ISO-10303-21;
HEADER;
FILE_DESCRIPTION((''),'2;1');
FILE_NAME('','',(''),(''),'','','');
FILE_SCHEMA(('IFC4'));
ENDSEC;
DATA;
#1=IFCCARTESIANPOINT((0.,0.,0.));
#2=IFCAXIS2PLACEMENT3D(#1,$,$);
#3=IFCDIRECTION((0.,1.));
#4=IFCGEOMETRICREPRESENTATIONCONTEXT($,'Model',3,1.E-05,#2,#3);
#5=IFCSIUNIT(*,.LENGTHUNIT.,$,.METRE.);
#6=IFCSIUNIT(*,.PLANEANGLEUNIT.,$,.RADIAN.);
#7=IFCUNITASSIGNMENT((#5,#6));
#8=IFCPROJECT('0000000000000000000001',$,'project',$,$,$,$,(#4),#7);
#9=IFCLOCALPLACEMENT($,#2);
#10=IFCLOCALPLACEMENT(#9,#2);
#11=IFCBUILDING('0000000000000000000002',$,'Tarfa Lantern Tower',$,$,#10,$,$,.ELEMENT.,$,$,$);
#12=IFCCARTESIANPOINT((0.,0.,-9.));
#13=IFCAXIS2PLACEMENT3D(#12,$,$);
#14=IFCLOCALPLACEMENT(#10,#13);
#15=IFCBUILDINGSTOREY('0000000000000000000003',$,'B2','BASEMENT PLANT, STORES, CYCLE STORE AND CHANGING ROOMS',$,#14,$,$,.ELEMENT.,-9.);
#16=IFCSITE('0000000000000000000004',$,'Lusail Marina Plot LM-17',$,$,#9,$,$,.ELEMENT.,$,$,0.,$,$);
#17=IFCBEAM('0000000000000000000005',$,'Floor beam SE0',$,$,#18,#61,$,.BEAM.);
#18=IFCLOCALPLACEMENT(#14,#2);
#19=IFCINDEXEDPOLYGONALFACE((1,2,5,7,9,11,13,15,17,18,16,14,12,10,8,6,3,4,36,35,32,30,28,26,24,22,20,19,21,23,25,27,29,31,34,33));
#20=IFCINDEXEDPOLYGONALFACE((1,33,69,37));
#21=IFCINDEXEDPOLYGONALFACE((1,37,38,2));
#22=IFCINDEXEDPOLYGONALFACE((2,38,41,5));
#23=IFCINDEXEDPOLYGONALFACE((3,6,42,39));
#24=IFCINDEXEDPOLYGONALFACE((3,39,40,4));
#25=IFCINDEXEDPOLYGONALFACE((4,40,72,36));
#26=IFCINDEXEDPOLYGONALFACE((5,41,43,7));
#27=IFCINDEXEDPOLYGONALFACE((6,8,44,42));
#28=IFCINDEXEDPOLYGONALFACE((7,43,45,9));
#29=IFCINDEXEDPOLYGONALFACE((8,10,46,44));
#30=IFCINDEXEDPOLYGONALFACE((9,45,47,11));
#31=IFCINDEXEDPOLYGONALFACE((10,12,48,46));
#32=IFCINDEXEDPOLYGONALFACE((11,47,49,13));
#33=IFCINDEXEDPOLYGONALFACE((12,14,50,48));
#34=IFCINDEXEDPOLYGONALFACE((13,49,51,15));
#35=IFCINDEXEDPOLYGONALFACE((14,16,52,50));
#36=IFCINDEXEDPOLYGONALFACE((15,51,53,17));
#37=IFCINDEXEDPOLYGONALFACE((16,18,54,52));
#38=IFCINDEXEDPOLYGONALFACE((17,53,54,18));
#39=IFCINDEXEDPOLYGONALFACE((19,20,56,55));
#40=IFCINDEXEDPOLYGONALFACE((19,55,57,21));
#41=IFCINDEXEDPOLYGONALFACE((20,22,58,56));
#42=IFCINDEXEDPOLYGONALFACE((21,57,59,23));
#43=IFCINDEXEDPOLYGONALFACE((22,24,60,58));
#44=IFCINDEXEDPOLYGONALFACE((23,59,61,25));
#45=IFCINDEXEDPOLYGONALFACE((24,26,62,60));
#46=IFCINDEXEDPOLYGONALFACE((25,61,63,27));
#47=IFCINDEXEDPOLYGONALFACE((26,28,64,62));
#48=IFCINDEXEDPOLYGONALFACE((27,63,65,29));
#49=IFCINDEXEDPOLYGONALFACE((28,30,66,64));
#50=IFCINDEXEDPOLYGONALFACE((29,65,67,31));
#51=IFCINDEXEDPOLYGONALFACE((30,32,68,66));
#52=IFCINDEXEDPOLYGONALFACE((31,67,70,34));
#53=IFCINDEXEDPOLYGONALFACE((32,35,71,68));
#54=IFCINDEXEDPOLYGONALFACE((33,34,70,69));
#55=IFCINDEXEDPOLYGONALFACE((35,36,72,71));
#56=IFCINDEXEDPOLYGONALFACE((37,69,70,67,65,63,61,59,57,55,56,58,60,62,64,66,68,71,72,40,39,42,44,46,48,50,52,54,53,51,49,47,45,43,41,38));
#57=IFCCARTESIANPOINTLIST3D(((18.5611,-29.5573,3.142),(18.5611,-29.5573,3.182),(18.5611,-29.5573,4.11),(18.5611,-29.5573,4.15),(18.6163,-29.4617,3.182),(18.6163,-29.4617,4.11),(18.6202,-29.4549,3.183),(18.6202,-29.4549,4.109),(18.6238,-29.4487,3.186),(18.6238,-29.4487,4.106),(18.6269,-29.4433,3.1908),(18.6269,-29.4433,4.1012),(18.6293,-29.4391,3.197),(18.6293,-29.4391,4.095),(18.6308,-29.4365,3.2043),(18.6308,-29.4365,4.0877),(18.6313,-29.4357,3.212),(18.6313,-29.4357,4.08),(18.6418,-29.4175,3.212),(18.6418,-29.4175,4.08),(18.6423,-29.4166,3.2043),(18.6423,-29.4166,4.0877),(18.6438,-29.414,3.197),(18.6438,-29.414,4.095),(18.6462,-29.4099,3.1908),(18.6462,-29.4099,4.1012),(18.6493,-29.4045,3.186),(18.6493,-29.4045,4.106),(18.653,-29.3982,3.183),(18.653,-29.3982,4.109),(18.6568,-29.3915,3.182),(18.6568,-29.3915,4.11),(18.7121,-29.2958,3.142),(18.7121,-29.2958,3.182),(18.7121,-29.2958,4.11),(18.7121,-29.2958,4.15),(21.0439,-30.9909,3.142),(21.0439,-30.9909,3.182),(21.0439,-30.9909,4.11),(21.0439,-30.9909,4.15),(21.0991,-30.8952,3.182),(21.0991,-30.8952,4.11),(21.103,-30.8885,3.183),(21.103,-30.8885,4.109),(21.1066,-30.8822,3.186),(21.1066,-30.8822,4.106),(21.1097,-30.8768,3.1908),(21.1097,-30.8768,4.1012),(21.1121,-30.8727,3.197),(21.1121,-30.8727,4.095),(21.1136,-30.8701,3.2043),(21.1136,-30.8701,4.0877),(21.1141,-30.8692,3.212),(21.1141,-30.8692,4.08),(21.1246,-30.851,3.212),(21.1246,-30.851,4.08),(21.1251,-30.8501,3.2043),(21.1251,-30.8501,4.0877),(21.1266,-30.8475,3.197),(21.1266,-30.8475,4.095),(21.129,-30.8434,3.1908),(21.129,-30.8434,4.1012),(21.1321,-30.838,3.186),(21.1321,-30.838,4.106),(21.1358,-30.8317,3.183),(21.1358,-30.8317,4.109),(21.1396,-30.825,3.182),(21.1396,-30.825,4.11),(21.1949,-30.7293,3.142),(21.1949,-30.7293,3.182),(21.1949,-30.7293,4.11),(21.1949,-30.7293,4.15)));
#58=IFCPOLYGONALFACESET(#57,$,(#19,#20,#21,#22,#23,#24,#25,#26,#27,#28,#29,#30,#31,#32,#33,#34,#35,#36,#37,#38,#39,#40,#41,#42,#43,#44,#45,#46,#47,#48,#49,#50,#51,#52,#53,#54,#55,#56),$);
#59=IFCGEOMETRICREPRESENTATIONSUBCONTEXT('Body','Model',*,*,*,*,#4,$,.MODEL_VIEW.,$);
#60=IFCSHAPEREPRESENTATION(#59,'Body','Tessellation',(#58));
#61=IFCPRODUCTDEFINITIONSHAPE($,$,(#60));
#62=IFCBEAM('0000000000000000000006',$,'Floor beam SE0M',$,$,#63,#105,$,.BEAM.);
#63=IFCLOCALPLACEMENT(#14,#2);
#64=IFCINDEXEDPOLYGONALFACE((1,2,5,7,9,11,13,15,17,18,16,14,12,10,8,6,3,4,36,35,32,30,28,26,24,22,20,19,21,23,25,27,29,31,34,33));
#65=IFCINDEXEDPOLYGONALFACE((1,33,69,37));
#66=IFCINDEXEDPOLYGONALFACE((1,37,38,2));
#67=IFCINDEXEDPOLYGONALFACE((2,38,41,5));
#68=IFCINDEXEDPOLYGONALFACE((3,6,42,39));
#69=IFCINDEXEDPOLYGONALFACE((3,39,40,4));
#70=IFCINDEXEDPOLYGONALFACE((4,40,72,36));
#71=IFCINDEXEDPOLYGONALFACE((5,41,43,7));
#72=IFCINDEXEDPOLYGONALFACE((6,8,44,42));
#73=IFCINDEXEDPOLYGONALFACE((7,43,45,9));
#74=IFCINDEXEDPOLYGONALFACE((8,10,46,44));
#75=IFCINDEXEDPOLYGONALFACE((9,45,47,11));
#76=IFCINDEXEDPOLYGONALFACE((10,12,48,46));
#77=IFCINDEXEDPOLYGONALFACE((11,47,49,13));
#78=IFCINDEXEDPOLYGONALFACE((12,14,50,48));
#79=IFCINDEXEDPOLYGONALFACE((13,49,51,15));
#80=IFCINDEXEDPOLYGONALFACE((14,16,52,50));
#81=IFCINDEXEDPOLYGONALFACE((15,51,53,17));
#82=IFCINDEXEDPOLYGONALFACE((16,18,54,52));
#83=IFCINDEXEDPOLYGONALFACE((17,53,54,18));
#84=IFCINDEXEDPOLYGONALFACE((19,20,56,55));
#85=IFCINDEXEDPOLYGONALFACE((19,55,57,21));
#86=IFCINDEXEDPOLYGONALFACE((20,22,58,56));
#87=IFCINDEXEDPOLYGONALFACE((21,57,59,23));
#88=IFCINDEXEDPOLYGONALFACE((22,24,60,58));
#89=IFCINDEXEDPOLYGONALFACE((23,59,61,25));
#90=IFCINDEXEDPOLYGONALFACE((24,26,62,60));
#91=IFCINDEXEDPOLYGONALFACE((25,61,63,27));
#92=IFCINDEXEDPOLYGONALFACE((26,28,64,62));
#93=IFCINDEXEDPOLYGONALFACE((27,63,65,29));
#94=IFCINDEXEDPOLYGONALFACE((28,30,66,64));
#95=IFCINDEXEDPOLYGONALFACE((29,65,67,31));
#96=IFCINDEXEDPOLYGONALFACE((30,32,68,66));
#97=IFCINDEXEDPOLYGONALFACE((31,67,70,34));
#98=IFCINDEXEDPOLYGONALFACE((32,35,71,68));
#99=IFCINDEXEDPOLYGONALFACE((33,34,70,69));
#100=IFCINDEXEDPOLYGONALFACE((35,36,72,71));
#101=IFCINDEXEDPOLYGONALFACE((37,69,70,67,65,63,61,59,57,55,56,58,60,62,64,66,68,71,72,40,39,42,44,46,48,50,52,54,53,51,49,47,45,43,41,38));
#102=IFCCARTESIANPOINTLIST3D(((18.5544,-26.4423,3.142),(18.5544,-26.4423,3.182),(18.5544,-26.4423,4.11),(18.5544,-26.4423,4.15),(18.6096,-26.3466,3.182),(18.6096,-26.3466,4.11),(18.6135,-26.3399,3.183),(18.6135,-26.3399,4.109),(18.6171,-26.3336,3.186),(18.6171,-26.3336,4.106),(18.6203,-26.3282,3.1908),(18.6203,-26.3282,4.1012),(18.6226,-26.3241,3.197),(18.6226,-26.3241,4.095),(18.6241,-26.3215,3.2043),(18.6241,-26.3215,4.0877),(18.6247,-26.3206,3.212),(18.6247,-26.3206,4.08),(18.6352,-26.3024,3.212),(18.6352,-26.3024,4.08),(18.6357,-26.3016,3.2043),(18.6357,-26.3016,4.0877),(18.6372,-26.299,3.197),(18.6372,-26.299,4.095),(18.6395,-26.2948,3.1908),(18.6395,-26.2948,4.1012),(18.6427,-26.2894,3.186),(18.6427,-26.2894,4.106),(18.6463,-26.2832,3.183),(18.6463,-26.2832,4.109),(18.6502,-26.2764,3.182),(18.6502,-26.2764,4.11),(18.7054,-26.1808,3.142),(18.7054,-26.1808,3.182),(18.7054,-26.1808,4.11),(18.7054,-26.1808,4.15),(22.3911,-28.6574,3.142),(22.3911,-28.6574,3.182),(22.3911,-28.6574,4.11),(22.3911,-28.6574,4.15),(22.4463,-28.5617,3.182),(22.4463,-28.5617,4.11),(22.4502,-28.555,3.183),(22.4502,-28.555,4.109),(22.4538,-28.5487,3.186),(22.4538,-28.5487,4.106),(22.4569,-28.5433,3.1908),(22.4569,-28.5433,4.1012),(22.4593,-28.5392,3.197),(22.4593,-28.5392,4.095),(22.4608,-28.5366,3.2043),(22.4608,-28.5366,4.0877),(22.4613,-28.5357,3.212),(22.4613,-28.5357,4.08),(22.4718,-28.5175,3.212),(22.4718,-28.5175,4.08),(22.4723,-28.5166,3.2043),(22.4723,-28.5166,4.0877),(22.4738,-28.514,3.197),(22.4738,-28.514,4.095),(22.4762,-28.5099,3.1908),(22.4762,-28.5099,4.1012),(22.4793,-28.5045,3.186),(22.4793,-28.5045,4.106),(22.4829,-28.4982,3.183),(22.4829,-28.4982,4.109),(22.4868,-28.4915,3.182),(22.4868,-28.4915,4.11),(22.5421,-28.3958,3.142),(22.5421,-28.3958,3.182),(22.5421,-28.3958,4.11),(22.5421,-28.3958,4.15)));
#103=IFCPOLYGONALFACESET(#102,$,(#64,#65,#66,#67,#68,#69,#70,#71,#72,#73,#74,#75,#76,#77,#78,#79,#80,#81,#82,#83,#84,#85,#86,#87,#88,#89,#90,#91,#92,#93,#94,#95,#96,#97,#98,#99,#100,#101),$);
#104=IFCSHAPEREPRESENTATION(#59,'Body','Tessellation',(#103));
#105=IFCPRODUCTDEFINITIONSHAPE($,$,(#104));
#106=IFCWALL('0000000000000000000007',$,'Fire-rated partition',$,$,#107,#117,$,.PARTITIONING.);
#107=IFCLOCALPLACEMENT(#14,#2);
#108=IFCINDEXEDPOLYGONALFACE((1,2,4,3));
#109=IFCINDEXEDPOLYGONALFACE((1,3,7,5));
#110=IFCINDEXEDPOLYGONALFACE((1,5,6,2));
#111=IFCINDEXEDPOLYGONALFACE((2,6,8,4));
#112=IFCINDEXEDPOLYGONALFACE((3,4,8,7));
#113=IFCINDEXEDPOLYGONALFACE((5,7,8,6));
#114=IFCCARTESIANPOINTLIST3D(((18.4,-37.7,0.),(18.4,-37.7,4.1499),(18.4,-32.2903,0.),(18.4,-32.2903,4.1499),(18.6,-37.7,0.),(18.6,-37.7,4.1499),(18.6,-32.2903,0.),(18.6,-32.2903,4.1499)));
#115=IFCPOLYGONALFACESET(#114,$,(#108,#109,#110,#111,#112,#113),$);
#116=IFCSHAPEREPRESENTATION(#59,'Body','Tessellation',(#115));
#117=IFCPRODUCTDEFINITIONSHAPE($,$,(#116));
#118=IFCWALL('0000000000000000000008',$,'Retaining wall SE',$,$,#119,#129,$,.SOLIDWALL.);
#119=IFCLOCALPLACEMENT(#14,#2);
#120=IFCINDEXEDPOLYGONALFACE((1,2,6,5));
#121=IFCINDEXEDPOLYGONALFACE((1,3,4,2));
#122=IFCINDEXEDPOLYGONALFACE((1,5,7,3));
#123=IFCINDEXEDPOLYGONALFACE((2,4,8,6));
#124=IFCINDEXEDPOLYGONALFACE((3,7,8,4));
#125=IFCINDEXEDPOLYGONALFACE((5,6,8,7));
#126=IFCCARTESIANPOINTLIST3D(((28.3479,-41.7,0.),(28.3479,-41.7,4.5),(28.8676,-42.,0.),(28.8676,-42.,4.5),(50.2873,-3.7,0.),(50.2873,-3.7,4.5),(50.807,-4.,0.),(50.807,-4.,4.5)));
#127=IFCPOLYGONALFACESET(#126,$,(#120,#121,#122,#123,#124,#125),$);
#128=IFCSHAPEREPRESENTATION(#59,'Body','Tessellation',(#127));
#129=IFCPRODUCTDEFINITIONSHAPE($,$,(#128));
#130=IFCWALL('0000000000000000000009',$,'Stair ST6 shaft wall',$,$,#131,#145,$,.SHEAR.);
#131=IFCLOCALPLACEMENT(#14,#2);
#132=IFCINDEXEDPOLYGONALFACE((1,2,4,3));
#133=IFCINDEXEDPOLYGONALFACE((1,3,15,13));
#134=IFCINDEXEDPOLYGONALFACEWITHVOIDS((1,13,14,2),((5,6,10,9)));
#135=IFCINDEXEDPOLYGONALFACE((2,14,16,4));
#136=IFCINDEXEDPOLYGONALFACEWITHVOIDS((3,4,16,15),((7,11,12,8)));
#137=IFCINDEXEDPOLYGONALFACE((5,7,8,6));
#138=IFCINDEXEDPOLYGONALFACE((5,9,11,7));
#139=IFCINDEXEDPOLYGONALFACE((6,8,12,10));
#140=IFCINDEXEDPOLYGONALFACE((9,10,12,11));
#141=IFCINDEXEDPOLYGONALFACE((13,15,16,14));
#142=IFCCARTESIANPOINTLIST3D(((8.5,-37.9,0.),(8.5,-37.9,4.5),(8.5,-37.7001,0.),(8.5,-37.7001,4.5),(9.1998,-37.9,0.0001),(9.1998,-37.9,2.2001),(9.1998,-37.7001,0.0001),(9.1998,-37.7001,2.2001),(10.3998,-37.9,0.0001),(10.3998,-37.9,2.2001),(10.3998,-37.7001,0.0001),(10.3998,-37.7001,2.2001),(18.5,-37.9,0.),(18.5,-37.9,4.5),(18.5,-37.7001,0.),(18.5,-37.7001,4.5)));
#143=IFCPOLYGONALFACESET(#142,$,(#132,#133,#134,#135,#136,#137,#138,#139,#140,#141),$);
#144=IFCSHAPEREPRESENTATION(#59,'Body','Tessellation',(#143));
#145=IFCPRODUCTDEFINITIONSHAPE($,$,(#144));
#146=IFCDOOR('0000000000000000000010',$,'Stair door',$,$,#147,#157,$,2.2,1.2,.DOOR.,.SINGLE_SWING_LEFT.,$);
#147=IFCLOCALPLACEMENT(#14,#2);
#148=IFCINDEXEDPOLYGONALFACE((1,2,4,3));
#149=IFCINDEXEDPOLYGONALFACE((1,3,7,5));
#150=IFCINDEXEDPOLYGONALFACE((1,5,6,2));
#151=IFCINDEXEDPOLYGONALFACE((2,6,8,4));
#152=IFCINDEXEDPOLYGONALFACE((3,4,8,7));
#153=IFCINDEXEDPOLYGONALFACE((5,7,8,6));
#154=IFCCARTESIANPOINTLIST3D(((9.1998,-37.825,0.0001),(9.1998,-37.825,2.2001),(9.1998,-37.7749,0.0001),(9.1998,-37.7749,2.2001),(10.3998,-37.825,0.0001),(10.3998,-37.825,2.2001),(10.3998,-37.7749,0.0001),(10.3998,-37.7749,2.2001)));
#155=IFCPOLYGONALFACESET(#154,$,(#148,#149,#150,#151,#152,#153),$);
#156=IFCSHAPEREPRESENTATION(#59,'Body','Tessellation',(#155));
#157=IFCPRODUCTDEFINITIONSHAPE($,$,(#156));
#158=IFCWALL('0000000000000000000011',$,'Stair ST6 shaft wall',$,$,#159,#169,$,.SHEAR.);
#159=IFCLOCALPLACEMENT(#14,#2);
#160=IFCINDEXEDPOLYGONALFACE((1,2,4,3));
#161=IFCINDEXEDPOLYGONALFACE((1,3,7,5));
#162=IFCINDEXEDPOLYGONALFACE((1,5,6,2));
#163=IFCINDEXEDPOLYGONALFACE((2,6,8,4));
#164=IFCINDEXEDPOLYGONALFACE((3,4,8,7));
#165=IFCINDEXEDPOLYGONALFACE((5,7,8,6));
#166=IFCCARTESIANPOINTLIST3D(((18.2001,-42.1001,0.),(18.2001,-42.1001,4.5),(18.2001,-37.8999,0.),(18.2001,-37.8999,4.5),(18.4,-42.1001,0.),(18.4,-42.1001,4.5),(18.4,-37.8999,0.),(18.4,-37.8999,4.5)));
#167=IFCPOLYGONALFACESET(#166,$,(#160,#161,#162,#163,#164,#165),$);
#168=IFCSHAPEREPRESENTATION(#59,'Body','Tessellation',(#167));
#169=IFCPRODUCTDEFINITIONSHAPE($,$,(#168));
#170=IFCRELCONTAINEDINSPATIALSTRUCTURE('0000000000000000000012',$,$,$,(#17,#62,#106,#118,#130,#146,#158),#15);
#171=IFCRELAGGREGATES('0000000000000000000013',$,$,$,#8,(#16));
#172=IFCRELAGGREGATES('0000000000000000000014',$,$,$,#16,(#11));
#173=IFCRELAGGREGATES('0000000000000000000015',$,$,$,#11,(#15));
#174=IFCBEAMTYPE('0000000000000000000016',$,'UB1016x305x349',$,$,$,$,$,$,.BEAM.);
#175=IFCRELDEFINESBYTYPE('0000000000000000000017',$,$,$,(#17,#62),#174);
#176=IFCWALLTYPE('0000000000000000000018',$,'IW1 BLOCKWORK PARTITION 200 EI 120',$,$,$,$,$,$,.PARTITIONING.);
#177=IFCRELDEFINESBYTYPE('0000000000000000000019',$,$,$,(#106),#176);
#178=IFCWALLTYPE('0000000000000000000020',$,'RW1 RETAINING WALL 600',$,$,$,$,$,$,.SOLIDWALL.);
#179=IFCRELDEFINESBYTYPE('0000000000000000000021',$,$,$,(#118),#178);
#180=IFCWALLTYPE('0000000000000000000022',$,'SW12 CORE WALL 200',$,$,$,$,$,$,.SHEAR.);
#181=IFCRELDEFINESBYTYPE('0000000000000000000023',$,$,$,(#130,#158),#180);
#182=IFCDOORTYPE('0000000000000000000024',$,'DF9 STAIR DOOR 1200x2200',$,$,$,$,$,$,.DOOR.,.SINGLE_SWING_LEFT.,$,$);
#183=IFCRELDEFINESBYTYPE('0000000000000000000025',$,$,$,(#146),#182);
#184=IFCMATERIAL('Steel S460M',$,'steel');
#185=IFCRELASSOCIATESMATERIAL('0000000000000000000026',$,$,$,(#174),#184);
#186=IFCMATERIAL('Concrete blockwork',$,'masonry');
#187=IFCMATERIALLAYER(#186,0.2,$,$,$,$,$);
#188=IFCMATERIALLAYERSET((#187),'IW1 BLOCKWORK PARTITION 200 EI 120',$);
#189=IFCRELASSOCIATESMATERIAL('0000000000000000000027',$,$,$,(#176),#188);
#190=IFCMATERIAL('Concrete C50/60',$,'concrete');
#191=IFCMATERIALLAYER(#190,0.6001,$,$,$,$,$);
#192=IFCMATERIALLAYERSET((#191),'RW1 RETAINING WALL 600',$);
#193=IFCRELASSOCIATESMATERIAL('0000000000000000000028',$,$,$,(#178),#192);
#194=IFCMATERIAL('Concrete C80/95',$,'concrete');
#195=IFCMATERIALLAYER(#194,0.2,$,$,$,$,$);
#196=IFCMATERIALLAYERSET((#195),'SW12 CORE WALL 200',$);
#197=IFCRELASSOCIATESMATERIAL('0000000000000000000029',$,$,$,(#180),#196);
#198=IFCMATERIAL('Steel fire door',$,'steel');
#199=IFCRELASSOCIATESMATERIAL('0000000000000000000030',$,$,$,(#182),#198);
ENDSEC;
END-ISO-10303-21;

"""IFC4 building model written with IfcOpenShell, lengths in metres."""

from ifc_helpers import new_model, si_unit, direction, frame, frame_2d, origin, origin_2d, place, context, subcontext, project, spatial, rectangle, i_section, extrude, material, layer, layer_set, material_profile, profile_set, type_object, element, fill, save


model = new_model("IFC4")

# Units and contexts
model_context = context("Model", 3, precision=1e-05, world=origin(), true_north=direction((0.0, 1.0)))
body_context = subcontext(model_context, "Body", "Model", "MODEL_VIEW")
ifc_project = project(units=[si_unit("LENGTHUNIT", "METRE"), si_unit("PLANEANGLEUNIT", "RADIAN")], contexts=[model_context])

# Site, building, storey
site_placement = place(None, origin())
site = spatial("IfcSite", under=ifc_project, at=site_placement, Name="Lusail Marina Plot LM-17", CompositionType="ELEMENT", RefElevation=0.0)
building_placement = place(site_placement, origin())
building = spatial("IfcBuilding", under=site, at=building_placement, Name="Tarfa Lantern Tower", CompositionType="ELEMENT")
storey_placement = place(building_placement, frame((0.0, 0.0, -9.0)))
storey = spatial("IfcBuildingStorey", under=building, at=storey_placement, Name="B2", Description="BASEMENT PLANT, STORES, CYCLE STORE AND CHANGING ROOMS", CompositionType="ELEMENT", Elevation=-9.0)

# Shared definitions
ifc_material_1 = material(Name="Concrete C80/95", Category="concrete")

# Beams
ifc_material_2 = material(Name="Steel S460M", Category="steel")
ifc_material_profile_1 = material_profile(ifc_material_2, i_section(OverallWidth=0.302, OverallDepth=1.0081, WebThickness=0.021, FlangeThickness=0.04, FilletRadius=0.03, at=origin_2d()), Name="UB1016x305x349")
ifc_profile_set_1 = profile_set([ifc_material_profile_1], Name="Steel S460M")
beam_type_1 = type_object("IfcBeamType", Name="UB1016x305x349", PredefinedType="BEAM", material=ifc_profile_set_1)
beam_1_placement = place(storey_placement, frame((21.1194, -30.8601, 3.646), z_axis=(-0.866013, 0.500022, 0.0), x_axis=(-0.500022, -0.866013, 0.0)))
element("IfcBeam", 1, at=beam_1_placement, inside=storey, type_object=beam_type_1, Name="Floor beam SE0", PredefinedType="BEAM", context=body_context, shape_type="SweptSolid", body=[
    extrude(i_section(OverallWidth=0.302, OverallDepth=1.0081, WebThickness=0.021, FlangeThickness=0.04, FilletRadius=0.03, at=origin_2d()), origin(), (0.0, 0.0, 1.0), 2.8669),
])
beam_2_placement = place(storey_placement, frame((22.4666, -28.5266, 3.646), z_axis=(-0.866027, 0.499998, 0.0), x_axis=(-0.499998, -0.866027, 0.0)))
element("IfcBeam", 2, at=beam_2_placement, inside=storey, type_object=beam_type_1, Name="Floor beam SE0M", PredefinedType="BEAM", context=body_context, shape_type="SweptSolid", body=[
    extrude(i_section(OverallWidth=0.302, OverallDepth=1.0081, WebThickness=0.021, FlangeThickness=0.04, FilletRadius=0.03, at=origin_2d()), origin(), (0.0, 0.0, 1.0), 4.4302),
])

# Walls
ifc_material_3 = material(Name="Concrete blockwork", Category="masonry")
ifc_layer_1 = layer(ifc_material_3, 0.2)
ifc_layer_set_1 = layer_set([ifc_layer_1], Name="IW1 BLOCKWORK PARTITION 200 EI 120")
wall_type_1 = type_object("IfcWallType", Name="IW1 BLOCKWORK PARTITION 200 EI 120", PredefinedType="PARTITIONING", material=ifc_layer_set_1)
wall_1_placement = place(storey_placement, frame((18.5, -32.2903, 0.0), z_axis=(0.0, 0.0, 1.0), x_axis=(0.0, -1.0, 0.0)))
element("IfcWall", 3, at=wall_1_placement, inside=storey, type_object=wall_type_1, Name="Fire-rated partition", PredefinedType="PARTITIONING", context=body_context, shape_type="SweptSolid", body=[
    extrude(rectangle(XDim=5.4097, YDim=0.2, at=frame_2d((2.7048, 0.0))), origin(), (0.0, 0.0, 1.0), 4.1499),
])
ifc_material_4 = material(Name="Concrete C50/60", Category="concrete")
ifc_layer_2 = layer(ifc_material_4, 0.6001)
ifc_layer_set_2 = layer_set([ifc_layer_2], Name="RW1 RETAINING WALL 600")
wall_type_2 = type_object("IfcWallType", Name="RW1 RETAINING WALL 600", PredefinedType="SOLIDWALL", material=ifc_layer_set_2)
wall_2_placement = place(storey_placement, frame((28.6077, -41.8501, 0.0), z_axis=(0.0, 0.0, 1.0), x_axis=(0.500002, 0.866024, 0.0)))
element("IfcWall", 4, at=wall_2_placement, inside=storey, type_object=wall_type_2, Name="Retaining wall SE", PredefinedType="SOLIDWALL", context=body_context, shape_type="SweptSolid", body=[
    extrude(rectangle(XDim=43.8787, YDim=0.6001, at=frame_2d((21.9395, 0.0))), origin(), (0.0, 0.0, 1.0), 4.5),
])

# Wall, opening, door
ifc_layer_3 = layer(ifc_material_1, 0.2)
ifc_layer_set_3 = layer_set([ifc_layer_3], Name="SW12 CORE WALL 200")
wall_type_3 = type_object("IfcWallType", Name="SW12 CORE WALL 200", PredefinedType="SHEAR", material=ifc_layer_set_3)
wall_3_placement = place(storey_placement, frame((18.5, -37.8, 0.0), z_axis=(0.0, 0.0, 1.0), x_axis=(-1.0, 0.0, 0.0)))
wall_3 = element("IfcWall", 5, at=wall_3_placement, inside=storey, type_object=wall_type_3, Name="Stair ST6 shaft wall", PredefinedType="SHEAR", context=body_context, shape_type="SweptSolid", body=[
    extrude(rectangle(XDim=10.0, YDim=0.2, at=frame_2d((5.0, 0.0))), origin(), (0.0, 0.0, 1.0), 4.5),
])
opening_placement = place(wall_3_placement, frame((8.1001, 0.0, 0.0)))
opening = element("IfcOpeningElement", 6, at=opening_placement, cuts=wall_3, PredefinedType="OPENING", context=body_context, shape_type="SweptSolid", body=[
    extrude(rectangle(XDim=1.2, YDim=2.2, at=frame_2d((0.6001, 1.1001))), frame((0.0, 0.1099, 0.0), z_axis=(0.0, -1.0, 0.0), x_axis=(1.0, 0.0, 0.0)), (0.0, 0.0, 1.0), 0.22),
])
ifc_material_5 = material(Name="Steel fire door", Category="steel")
door_type = type_object("IfcDoorType", Name="DF9 STAIR DOOR 1200x2200", OperationType="SINGLE_SWING_LEFT", PredefinedType="DOOR", material=ifc_material_5)
door_placement = place(opening_placement, origin())
door = element("IfcDoor", 7, at=door_placement, inside=storey, type_object=door_type, Name="Stair door", OperationType="SINGLE_SWING_LEFT", OverallHeight=2.2, OverallWidth=1.2, PredefinedType="DOOR", context=body_context, shape_type="SweptSolid", body=[
    extrude(rectangle(XDim=1.2, YDim=2.2, at=frame_2d((0.6001, 1.1001))), frame((0.0, 0.0249, 0.0), z_axis=(0.0, -1.0, 0.0), x_axis=(1.0, 0.0, 0.0)), (0.0, 0.0, 1.0), 0.05),
])
fill(opening, door)

# Wall
wall_4_placement = place(storey_placement, frame((18.3, -42.1001, 0.0), z_axis=(0.0, 0.0, 1.0), x_axis=(0.0, 1.0, 0.0)))
element("IfcWall", 8, at=wall_4_placement, inside=storey, type_object=wall_type_3, Name="Stair ST6 shaft wall", PredefinedType="SHEAR", context=body_context, shape_type="SweptSolid", body=[
    extrude(rectangle(XDim=4.2002, YDim=0.2, at=frame_2d((2.1001, 0.0))), origin(), (0.0, 0.0, 1.0), 4.5),
])

save(model, "model.ifc")
